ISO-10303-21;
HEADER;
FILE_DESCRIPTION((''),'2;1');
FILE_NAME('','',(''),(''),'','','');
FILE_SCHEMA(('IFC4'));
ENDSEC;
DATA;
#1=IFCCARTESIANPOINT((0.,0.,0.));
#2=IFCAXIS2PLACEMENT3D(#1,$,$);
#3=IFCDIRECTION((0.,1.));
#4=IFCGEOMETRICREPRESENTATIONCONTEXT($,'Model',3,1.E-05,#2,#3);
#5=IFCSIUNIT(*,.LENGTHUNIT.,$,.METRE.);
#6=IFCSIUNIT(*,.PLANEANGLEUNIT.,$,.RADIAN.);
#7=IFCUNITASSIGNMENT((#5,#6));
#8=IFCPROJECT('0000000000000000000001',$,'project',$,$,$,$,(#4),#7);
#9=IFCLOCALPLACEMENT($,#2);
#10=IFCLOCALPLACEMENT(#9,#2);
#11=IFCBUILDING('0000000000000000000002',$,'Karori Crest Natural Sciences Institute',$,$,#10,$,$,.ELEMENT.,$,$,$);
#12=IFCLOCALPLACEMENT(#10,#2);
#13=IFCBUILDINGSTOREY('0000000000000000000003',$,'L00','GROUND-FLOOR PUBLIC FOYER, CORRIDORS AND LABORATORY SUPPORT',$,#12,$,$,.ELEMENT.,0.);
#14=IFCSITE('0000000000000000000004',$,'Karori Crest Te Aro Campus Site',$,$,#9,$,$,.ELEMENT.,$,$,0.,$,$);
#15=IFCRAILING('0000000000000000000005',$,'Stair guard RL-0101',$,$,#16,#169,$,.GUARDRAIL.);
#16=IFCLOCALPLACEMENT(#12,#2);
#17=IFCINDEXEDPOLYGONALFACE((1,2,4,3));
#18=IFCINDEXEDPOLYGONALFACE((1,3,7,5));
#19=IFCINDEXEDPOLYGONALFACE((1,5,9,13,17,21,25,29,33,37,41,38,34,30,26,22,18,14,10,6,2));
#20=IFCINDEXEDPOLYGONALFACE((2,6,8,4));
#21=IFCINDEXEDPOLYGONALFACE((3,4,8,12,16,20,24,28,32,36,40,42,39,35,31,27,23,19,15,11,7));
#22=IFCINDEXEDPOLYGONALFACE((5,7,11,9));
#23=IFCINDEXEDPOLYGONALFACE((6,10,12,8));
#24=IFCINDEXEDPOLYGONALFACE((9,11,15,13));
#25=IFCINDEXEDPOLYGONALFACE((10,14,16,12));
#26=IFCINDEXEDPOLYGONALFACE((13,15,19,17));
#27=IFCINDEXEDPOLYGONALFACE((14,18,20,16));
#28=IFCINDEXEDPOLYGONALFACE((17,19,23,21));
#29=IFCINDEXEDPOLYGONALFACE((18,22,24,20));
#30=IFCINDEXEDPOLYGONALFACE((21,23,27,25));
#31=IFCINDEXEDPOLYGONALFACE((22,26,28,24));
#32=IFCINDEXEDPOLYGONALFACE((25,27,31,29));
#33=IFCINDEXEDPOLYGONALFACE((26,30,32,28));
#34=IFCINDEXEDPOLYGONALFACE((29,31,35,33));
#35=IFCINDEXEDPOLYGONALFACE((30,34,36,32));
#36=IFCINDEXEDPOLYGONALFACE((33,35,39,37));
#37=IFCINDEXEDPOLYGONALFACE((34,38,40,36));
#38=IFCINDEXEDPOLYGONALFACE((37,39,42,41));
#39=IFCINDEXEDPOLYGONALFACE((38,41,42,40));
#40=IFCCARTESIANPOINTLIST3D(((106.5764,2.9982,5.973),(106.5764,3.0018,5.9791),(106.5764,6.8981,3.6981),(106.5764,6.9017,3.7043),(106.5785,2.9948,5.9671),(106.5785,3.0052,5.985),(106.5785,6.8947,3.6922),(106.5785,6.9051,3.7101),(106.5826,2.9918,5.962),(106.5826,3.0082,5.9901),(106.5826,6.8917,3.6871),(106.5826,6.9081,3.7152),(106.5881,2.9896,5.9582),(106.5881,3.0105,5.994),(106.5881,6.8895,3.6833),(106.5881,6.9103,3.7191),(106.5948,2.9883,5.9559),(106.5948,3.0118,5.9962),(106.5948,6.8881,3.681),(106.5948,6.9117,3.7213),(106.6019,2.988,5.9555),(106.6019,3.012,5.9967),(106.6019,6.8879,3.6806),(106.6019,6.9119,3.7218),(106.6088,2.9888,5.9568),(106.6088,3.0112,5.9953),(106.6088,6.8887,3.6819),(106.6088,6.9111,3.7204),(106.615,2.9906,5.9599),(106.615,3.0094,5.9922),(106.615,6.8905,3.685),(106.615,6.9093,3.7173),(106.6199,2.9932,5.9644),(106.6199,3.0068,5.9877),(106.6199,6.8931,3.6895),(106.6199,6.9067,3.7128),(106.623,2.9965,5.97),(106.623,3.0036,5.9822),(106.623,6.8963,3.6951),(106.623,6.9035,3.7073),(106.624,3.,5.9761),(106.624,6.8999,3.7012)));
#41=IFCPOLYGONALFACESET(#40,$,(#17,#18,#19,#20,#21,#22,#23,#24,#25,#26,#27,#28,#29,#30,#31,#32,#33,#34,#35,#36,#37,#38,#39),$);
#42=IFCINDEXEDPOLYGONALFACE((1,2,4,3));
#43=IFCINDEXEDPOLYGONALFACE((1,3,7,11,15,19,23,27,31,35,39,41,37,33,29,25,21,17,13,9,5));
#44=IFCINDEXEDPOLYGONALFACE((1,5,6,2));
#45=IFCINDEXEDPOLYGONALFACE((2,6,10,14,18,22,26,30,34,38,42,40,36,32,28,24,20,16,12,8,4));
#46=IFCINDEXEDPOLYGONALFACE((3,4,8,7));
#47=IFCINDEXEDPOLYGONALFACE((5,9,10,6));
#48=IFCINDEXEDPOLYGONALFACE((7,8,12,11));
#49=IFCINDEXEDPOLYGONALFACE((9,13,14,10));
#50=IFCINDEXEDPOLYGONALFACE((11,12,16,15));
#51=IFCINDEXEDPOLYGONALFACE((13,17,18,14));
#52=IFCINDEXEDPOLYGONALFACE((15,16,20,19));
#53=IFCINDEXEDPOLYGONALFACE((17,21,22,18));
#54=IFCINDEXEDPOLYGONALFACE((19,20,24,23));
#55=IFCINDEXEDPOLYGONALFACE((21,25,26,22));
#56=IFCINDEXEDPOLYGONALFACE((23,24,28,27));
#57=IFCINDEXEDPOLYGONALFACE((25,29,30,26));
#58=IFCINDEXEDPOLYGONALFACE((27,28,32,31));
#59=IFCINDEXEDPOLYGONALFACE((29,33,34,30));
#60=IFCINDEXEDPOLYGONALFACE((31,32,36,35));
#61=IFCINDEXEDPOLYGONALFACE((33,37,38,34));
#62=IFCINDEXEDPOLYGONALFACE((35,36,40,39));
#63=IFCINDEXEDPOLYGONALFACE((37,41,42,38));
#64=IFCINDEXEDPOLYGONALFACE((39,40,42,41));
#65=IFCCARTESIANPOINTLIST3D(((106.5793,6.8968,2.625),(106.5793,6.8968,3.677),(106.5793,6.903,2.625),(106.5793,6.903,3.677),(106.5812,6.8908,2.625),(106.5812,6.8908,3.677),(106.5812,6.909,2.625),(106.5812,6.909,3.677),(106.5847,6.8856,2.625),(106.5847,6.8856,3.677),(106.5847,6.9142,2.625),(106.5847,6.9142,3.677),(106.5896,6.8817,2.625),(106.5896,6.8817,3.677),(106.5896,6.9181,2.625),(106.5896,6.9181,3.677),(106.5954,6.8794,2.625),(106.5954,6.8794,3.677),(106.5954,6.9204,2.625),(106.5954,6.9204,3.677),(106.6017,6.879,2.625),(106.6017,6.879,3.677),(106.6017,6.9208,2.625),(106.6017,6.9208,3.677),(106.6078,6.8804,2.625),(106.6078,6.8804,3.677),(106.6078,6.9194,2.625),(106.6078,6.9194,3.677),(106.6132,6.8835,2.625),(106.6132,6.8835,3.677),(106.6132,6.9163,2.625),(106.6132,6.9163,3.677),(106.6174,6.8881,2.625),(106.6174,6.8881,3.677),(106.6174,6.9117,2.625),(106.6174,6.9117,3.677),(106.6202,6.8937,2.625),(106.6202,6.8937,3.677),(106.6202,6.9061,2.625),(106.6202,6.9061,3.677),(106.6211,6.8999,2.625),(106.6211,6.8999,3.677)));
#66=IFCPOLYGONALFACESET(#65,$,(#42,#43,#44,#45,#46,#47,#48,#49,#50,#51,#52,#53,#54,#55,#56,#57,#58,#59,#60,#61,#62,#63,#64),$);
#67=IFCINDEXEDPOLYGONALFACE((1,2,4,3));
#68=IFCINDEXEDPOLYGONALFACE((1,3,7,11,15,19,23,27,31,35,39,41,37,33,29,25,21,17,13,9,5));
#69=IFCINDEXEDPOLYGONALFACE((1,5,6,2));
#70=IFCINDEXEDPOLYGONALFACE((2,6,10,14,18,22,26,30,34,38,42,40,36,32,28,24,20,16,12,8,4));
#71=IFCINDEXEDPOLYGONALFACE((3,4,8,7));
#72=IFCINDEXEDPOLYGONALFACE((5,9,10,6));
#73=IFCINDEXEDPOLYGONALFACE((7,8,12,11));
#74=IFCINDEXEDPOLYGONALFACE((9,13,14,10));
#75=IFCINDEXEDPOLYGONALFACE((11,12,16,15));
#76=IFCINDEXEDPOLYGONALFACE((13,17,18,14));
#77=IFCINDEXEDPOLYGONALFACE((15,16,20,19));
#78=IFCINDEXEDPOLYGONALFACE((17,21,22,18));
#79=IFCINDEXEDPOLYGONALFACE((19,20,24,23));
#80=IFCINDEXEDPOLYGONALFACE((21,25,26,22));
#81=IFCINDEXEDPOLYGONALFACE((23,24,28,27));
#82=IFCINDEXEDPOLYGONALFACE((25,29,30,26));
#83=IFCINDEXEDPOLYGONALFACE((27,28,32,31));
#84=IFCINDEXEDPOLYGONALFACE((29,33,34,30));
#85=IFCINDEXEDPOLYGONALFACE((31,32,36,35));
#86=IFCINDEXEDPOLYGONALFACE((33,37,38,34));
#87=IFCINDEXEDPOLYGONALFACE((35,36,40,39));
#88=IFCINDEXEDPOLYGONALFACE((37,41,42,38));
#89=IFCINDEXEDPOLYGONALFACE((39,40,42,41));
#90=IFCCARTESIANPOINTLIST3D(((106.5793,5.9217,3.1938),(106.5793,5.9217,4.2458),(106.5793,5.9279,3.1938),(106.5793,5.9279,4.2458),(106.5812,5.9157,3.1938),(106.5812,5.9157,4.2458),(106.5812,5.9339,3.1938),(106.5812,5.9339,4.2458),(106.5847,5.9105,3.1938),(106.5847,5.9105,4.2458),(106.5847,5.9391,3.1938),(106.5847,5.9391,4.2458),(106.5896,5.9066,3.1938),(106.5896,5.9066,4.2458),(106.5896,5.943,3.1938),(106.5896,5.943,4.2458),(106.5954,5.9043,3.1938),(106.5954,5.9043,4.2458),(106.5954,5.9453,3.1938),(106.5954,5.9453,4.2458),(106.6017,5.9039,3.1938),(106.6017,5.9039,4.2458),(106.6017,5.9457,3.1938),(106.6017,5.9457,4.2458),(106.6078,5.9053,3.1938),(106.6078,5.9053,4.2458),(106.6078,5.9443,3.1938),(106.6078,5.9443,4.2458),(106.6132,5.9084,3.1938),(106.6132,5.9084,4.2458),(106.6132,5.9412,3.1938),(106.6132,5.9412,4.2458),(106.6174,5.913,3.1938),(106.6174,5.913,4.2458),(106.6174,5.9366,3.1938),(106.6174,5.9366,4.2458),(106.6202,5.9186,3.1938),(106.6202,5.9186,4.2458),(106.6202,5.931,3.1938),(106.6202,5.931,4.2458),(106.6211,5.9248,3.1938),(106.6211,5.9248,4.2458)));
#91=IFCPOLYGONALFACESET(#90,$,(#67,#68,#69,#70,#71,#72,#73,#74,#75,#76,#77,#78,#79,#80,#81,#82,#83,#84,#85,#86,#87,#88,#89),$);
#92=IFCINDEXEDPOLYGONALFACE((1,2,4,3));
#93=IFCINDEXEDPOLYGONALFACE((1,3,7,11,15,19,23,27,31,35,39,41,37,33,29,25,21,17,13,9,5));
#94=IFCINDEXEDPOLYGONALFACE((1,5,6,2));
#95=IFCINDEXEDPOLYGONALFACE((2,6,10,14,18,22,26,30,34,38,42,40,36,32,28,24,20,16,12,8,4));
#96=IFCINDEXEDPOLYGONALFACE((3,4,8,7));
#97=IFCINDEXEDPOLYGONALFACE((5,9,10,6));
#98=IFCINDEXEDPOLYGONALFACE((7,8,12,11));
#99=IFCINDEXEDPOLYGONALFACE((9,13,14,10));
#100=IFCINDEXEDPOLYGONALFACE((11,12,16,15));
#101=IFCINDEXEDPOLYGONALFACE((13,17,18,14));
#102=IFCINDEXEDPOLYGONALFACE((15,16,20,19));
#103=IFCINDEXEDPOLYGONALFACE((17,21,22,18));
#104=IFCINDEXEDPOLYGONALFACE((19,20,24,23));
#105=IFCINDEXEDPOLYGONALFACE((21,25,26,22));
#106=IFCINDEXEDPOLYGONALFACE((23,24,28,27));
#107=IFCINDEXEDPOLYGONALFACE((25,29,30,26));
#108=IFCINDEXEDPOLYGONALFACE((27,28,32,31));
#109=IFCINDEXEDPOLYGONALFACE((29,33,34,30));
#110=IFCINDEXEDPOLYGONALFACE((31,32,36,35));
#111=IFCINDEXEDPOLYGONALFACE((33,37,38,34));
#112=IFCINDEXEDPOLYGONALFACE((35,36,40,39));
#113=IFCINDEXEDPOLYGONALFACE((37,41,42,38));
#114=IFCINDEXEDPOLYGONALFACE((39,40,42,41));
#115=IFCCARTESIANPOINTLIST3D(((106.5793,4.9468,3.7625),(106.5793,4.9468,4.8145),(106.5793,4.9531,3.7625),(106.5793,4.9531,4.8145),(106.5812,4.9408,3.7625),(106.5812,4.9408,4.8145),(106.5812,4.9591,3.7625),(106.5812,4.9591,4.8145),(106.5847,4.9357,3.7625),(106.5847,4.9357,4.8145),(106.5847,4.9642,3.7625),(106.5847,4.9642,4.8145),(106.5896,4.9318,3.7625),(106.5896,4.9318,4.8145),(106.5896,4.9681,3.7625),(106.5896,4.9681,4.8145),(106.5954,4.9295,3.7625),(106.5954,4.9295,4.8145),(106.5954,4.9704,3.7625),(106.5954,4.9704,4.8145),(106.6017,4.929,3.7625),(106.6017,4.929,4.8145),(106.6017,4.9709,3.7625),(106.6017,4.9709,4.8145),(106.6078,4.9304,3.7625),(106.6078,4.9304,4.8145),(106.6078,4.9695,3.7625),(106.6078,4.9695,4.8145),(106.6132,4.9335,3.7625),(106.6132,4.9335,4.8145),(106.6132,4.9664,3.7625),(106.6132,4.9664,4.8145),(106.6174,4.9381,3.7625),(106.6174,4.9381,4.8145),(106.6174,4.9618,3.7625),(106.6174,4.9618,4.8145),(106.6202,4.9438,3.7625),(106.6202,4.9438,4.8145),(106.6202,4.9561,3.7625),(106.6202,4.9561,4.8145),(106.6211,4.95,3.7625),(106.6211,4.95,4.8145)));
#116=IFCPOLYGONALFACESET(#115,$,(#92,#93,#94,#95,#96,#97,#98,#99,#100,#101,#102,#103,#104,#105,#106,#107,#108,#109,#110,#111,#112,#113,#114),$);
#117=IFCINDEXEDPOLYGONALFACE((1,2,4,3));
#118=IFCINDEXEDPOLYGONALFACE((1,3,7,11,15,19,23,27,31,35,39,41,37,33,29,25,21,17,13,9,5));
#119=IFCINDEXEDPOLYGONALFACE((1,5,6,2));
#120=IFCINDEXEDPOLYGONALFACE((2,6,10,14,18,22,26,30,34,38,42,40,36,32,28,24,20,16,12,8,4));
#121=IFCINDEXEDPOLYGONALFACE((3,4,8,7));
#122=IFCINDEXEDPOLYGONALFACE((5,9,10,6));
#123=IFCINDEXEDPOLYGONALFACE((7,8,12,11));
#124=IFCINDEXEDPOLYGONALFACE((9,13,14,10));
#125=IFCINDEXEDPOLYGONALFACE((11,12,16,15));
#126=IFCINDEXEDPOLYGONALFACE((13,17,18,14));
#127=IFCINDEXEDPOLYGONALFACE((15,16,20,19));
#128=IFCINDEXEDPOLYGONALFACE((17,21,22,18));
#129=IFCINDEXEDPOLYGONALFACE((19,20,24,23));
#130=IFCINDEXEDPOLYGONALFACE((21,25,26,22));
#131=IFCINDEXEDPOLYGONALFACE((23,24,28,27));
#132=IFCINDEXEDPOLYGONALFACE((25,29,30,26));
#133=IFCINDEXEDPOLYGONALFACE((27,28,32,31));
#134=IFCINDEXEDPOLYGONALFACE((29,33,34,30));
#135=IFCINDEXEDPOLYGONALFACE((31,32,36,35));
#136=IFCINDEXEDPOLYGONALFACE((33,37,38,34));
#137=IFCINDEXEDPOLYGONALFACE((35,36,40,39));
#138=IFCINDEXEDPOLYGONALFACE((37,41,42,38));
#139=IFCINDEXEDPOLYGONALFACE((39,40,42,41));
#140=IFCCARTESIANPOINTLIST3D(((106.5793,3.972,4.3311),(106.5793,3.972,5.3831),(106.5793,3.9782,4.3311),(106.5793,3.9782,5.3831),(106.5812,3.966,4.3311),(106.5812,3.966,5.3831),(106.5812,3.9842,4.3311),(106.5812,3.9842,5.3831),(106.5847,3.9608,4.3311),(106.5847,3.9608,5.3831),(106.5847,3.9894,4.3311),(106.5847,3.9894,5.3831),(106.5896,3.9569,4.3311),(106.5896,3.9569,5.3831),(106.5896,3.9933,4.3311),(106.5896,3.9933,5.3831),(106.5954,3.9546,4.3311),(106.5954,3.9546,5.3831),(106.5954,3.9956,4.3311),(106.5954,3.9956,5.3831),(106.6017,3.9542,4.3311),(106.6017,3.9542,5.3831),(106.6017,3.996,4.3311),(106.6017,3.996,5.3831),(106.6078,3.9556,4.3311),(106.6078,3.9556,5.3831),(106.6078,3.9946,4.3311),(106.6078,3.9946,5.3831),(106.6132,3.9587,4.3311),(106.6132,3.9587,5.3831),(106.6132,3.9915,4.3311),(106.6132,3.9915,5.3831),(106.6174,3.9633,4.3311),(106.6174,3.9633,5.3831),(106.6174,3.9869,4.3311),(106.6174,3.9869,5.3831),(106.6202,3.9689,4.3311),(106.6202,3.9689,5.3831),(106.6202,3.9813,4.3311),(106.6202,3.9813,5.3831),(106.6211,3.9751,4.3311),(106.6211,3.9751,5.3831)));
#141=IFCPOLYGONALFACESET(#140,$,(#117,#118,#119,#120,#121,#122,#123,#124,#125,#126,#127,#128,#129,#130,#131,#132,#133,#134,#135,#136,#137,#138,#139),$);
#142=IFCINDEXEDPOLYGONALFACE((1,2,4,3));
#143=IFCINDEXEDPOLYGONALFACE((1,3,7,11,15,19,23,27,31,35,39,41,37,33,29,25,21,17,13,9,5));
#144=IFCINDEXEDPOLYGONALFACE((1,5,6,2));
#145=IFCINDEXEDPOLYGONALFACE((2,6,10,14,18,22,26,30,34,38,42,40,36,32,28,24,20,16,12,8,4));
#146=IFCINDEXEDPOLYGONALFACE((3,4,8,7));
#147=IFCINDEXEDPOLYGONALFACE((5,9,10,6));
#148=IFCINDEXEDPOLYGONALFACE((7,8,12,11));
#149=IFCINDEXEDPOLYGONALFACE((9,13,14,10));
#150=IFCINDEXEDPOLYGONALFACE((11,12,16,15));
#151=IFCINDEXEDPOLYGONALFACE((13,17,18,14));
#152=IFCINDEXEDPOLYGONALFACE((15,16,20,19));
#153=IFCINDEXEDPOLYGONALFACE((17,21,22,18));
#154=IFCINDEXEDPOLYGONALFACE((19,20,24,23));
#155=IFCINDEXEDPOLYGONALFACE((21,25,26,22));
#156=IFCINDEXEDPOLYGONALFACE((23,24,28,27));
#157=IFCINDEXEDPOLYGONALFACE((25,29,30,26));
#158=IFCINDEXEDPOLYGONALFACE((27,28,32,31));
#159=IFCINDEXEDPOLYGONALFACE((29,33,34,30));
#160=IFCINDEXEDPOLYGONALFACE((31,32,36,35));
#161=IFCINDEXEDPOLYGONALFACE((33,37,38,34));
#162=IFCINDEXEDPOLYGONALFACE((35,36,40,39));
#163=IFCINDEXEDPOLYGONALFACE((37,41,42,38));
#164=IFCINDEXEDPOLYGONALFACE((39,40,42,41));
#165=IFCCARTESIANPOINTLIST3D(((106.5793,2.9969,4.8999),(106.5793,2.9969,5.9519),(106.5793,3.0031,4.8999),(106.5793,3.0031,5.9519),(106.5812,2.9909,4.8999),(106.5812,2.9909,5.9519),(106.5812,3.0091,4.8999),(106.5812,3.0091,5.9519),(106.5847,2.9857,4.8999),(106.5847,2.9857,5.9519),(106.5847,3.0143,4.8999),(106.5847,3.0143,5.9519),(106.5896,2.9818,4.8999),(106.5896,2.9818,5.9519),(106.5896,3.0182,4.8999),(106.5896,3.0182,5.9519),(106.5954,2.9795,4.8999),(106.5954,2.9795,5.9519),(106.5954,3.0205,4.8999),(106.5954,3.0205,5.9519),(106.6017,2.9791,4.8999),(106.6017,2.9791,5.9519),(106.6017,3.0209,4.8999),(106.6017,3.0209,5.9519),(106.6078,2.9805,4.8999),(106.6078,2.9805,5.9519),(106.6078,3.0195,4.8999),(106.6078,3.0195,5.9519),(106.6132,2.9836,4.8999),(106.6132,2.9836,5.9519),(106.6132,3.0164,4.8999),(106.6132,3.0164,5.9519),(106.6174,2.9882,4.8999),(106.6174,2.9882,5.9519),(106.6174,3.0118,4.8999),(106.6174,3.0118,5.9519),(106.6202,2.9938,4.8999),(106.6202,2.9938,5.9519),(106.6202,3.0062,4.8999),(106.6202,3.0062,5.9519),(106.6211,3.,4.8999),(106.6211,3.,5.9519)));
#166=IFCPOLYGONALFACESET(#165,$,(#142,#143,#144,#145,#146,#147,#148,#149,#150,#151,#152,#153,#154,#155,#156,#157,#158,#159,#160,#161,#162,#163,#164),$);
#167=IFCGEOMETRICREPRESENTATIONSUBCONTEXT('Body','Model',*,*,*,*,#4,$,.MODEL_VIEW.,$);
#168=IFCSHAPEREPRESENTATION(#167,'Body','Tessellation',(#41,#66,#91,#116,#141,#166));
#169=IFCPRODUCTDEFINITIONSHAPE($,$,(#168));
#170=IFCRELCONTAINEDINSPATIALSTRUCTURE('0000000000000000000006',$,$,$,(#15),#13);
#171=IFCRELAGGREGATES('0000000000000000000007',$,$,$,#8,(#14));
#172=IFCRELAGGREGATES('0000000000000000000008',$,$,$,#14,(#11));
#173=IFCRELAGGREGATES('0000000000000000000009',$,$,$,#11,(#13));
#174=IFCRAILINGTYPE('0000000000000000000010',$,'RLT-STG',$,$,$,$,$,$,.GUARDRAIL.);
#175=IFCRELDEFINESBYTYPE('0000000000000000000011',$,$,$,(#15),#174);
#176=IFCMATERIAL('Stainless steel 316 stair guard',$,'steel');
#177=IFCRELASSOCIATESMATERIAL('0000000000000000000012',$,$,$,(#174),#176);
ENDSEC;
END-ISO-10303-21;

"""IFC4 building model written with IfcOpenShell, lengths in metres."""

from ifc_helpers import new_model, si_unit, direction, frame, origin, origin_2d, place, context, subcontext, project, spatial, circle, extrude, material, type_object, element, save


model = new_model("IFC4")

# Units and contexts
model_context = context("Model", 3, precision=1e-05, world=origin(), true_north=direction((0.0, 1.0)))
body_context = subcontext(model_context, "Body", "Model", "MODEL_VIEW")
ifc_project = project(units=[si_unit("LENGTHUNIT", "METRE"), si_unit("PLANEANGLEUNIT", "RADIAN")], contexts=[model_context])

# Site, building, storey
site_placement = place(None, origin())
site = spatial("IfcSite", under=ifc_project, at=site_placement, Name="Karori Crest Te Aro Campus Site", CompositionType="ELEMENT", RefElevation=0.0)
building_placement = place(site_placement, origin())
building = spatial("IfcBuilding", under=site, at=building_placement, Name="Karori Crest Natural Sciences Institute", CompositionType="ELEMENT")
storey_placement = place(building_placement, origin())
storey = spatial("IfcBuildingStorey", under=building, at=storey_placement, Name="L00", Description="GROUND-FLOOR PUBLIC FOYER, CORRIDORS AND LABORATORY SUPPORT", CompositionType="ELEMENT", Elevation=0.0)

# Railing
ifc_material_1 = material(Name="Stainless steel 316 stair guard", Category="steel")
railing_type_1 = type_object("IfcRailingType", Name="RLT-STG", PredefinedType="GUARDRAIL", material=ifc_material_1)
railing_1_placement = place(storey_placement, frame((106.6001, 6.8999, 2.625)))
element("IfcRailing", 1, at=railing_1_placement, inside=storey, type_object=railing_type_1, Name="Stair guard RL-0101", PredefinedType="GUARDRAIL", context=body_context, shape_type="SweptSolid", body=[
    extrude(circle(Radius=0.0239, at=origin_2d()), frame((0.0, 0.0, 1.0762), z_axis=(0.0, -0.863783, 0.503864), x_axis=(1.0, 0.0, 0.0)), (0.0, 0.0, 1.0), 4.5149),
    extrude(circle(Radius=0.021, at=origin_2d()), origin(), (0.0, 0.0, 1.0), 1.052),
    extrude(circle(Radius=0.021, at=origin_2d()), frame((0.0, -0.9751, 0.5688)), (0.0, 0.0, 1.0), 1.052),
    extrude(circle(Radius=0.021, at=origin_2d()), frame((0.0, -1.95, 1.1375)), (0.0, 0.0, 1.0), 1.052),
    extrude(circle(Radius=0.021, at=origin_2d()), frame((0.0, -2.9248, 1.7061)), (0.0, 0.0, 1.0), 1.052),
    extrude(circle(Radius=0.021, at=origin_2d()), frame((0.0, -3.8999, 2.2749)), (0.0, 0.0, 1.0), 1.052),
])

save(model, "model.ifc")
